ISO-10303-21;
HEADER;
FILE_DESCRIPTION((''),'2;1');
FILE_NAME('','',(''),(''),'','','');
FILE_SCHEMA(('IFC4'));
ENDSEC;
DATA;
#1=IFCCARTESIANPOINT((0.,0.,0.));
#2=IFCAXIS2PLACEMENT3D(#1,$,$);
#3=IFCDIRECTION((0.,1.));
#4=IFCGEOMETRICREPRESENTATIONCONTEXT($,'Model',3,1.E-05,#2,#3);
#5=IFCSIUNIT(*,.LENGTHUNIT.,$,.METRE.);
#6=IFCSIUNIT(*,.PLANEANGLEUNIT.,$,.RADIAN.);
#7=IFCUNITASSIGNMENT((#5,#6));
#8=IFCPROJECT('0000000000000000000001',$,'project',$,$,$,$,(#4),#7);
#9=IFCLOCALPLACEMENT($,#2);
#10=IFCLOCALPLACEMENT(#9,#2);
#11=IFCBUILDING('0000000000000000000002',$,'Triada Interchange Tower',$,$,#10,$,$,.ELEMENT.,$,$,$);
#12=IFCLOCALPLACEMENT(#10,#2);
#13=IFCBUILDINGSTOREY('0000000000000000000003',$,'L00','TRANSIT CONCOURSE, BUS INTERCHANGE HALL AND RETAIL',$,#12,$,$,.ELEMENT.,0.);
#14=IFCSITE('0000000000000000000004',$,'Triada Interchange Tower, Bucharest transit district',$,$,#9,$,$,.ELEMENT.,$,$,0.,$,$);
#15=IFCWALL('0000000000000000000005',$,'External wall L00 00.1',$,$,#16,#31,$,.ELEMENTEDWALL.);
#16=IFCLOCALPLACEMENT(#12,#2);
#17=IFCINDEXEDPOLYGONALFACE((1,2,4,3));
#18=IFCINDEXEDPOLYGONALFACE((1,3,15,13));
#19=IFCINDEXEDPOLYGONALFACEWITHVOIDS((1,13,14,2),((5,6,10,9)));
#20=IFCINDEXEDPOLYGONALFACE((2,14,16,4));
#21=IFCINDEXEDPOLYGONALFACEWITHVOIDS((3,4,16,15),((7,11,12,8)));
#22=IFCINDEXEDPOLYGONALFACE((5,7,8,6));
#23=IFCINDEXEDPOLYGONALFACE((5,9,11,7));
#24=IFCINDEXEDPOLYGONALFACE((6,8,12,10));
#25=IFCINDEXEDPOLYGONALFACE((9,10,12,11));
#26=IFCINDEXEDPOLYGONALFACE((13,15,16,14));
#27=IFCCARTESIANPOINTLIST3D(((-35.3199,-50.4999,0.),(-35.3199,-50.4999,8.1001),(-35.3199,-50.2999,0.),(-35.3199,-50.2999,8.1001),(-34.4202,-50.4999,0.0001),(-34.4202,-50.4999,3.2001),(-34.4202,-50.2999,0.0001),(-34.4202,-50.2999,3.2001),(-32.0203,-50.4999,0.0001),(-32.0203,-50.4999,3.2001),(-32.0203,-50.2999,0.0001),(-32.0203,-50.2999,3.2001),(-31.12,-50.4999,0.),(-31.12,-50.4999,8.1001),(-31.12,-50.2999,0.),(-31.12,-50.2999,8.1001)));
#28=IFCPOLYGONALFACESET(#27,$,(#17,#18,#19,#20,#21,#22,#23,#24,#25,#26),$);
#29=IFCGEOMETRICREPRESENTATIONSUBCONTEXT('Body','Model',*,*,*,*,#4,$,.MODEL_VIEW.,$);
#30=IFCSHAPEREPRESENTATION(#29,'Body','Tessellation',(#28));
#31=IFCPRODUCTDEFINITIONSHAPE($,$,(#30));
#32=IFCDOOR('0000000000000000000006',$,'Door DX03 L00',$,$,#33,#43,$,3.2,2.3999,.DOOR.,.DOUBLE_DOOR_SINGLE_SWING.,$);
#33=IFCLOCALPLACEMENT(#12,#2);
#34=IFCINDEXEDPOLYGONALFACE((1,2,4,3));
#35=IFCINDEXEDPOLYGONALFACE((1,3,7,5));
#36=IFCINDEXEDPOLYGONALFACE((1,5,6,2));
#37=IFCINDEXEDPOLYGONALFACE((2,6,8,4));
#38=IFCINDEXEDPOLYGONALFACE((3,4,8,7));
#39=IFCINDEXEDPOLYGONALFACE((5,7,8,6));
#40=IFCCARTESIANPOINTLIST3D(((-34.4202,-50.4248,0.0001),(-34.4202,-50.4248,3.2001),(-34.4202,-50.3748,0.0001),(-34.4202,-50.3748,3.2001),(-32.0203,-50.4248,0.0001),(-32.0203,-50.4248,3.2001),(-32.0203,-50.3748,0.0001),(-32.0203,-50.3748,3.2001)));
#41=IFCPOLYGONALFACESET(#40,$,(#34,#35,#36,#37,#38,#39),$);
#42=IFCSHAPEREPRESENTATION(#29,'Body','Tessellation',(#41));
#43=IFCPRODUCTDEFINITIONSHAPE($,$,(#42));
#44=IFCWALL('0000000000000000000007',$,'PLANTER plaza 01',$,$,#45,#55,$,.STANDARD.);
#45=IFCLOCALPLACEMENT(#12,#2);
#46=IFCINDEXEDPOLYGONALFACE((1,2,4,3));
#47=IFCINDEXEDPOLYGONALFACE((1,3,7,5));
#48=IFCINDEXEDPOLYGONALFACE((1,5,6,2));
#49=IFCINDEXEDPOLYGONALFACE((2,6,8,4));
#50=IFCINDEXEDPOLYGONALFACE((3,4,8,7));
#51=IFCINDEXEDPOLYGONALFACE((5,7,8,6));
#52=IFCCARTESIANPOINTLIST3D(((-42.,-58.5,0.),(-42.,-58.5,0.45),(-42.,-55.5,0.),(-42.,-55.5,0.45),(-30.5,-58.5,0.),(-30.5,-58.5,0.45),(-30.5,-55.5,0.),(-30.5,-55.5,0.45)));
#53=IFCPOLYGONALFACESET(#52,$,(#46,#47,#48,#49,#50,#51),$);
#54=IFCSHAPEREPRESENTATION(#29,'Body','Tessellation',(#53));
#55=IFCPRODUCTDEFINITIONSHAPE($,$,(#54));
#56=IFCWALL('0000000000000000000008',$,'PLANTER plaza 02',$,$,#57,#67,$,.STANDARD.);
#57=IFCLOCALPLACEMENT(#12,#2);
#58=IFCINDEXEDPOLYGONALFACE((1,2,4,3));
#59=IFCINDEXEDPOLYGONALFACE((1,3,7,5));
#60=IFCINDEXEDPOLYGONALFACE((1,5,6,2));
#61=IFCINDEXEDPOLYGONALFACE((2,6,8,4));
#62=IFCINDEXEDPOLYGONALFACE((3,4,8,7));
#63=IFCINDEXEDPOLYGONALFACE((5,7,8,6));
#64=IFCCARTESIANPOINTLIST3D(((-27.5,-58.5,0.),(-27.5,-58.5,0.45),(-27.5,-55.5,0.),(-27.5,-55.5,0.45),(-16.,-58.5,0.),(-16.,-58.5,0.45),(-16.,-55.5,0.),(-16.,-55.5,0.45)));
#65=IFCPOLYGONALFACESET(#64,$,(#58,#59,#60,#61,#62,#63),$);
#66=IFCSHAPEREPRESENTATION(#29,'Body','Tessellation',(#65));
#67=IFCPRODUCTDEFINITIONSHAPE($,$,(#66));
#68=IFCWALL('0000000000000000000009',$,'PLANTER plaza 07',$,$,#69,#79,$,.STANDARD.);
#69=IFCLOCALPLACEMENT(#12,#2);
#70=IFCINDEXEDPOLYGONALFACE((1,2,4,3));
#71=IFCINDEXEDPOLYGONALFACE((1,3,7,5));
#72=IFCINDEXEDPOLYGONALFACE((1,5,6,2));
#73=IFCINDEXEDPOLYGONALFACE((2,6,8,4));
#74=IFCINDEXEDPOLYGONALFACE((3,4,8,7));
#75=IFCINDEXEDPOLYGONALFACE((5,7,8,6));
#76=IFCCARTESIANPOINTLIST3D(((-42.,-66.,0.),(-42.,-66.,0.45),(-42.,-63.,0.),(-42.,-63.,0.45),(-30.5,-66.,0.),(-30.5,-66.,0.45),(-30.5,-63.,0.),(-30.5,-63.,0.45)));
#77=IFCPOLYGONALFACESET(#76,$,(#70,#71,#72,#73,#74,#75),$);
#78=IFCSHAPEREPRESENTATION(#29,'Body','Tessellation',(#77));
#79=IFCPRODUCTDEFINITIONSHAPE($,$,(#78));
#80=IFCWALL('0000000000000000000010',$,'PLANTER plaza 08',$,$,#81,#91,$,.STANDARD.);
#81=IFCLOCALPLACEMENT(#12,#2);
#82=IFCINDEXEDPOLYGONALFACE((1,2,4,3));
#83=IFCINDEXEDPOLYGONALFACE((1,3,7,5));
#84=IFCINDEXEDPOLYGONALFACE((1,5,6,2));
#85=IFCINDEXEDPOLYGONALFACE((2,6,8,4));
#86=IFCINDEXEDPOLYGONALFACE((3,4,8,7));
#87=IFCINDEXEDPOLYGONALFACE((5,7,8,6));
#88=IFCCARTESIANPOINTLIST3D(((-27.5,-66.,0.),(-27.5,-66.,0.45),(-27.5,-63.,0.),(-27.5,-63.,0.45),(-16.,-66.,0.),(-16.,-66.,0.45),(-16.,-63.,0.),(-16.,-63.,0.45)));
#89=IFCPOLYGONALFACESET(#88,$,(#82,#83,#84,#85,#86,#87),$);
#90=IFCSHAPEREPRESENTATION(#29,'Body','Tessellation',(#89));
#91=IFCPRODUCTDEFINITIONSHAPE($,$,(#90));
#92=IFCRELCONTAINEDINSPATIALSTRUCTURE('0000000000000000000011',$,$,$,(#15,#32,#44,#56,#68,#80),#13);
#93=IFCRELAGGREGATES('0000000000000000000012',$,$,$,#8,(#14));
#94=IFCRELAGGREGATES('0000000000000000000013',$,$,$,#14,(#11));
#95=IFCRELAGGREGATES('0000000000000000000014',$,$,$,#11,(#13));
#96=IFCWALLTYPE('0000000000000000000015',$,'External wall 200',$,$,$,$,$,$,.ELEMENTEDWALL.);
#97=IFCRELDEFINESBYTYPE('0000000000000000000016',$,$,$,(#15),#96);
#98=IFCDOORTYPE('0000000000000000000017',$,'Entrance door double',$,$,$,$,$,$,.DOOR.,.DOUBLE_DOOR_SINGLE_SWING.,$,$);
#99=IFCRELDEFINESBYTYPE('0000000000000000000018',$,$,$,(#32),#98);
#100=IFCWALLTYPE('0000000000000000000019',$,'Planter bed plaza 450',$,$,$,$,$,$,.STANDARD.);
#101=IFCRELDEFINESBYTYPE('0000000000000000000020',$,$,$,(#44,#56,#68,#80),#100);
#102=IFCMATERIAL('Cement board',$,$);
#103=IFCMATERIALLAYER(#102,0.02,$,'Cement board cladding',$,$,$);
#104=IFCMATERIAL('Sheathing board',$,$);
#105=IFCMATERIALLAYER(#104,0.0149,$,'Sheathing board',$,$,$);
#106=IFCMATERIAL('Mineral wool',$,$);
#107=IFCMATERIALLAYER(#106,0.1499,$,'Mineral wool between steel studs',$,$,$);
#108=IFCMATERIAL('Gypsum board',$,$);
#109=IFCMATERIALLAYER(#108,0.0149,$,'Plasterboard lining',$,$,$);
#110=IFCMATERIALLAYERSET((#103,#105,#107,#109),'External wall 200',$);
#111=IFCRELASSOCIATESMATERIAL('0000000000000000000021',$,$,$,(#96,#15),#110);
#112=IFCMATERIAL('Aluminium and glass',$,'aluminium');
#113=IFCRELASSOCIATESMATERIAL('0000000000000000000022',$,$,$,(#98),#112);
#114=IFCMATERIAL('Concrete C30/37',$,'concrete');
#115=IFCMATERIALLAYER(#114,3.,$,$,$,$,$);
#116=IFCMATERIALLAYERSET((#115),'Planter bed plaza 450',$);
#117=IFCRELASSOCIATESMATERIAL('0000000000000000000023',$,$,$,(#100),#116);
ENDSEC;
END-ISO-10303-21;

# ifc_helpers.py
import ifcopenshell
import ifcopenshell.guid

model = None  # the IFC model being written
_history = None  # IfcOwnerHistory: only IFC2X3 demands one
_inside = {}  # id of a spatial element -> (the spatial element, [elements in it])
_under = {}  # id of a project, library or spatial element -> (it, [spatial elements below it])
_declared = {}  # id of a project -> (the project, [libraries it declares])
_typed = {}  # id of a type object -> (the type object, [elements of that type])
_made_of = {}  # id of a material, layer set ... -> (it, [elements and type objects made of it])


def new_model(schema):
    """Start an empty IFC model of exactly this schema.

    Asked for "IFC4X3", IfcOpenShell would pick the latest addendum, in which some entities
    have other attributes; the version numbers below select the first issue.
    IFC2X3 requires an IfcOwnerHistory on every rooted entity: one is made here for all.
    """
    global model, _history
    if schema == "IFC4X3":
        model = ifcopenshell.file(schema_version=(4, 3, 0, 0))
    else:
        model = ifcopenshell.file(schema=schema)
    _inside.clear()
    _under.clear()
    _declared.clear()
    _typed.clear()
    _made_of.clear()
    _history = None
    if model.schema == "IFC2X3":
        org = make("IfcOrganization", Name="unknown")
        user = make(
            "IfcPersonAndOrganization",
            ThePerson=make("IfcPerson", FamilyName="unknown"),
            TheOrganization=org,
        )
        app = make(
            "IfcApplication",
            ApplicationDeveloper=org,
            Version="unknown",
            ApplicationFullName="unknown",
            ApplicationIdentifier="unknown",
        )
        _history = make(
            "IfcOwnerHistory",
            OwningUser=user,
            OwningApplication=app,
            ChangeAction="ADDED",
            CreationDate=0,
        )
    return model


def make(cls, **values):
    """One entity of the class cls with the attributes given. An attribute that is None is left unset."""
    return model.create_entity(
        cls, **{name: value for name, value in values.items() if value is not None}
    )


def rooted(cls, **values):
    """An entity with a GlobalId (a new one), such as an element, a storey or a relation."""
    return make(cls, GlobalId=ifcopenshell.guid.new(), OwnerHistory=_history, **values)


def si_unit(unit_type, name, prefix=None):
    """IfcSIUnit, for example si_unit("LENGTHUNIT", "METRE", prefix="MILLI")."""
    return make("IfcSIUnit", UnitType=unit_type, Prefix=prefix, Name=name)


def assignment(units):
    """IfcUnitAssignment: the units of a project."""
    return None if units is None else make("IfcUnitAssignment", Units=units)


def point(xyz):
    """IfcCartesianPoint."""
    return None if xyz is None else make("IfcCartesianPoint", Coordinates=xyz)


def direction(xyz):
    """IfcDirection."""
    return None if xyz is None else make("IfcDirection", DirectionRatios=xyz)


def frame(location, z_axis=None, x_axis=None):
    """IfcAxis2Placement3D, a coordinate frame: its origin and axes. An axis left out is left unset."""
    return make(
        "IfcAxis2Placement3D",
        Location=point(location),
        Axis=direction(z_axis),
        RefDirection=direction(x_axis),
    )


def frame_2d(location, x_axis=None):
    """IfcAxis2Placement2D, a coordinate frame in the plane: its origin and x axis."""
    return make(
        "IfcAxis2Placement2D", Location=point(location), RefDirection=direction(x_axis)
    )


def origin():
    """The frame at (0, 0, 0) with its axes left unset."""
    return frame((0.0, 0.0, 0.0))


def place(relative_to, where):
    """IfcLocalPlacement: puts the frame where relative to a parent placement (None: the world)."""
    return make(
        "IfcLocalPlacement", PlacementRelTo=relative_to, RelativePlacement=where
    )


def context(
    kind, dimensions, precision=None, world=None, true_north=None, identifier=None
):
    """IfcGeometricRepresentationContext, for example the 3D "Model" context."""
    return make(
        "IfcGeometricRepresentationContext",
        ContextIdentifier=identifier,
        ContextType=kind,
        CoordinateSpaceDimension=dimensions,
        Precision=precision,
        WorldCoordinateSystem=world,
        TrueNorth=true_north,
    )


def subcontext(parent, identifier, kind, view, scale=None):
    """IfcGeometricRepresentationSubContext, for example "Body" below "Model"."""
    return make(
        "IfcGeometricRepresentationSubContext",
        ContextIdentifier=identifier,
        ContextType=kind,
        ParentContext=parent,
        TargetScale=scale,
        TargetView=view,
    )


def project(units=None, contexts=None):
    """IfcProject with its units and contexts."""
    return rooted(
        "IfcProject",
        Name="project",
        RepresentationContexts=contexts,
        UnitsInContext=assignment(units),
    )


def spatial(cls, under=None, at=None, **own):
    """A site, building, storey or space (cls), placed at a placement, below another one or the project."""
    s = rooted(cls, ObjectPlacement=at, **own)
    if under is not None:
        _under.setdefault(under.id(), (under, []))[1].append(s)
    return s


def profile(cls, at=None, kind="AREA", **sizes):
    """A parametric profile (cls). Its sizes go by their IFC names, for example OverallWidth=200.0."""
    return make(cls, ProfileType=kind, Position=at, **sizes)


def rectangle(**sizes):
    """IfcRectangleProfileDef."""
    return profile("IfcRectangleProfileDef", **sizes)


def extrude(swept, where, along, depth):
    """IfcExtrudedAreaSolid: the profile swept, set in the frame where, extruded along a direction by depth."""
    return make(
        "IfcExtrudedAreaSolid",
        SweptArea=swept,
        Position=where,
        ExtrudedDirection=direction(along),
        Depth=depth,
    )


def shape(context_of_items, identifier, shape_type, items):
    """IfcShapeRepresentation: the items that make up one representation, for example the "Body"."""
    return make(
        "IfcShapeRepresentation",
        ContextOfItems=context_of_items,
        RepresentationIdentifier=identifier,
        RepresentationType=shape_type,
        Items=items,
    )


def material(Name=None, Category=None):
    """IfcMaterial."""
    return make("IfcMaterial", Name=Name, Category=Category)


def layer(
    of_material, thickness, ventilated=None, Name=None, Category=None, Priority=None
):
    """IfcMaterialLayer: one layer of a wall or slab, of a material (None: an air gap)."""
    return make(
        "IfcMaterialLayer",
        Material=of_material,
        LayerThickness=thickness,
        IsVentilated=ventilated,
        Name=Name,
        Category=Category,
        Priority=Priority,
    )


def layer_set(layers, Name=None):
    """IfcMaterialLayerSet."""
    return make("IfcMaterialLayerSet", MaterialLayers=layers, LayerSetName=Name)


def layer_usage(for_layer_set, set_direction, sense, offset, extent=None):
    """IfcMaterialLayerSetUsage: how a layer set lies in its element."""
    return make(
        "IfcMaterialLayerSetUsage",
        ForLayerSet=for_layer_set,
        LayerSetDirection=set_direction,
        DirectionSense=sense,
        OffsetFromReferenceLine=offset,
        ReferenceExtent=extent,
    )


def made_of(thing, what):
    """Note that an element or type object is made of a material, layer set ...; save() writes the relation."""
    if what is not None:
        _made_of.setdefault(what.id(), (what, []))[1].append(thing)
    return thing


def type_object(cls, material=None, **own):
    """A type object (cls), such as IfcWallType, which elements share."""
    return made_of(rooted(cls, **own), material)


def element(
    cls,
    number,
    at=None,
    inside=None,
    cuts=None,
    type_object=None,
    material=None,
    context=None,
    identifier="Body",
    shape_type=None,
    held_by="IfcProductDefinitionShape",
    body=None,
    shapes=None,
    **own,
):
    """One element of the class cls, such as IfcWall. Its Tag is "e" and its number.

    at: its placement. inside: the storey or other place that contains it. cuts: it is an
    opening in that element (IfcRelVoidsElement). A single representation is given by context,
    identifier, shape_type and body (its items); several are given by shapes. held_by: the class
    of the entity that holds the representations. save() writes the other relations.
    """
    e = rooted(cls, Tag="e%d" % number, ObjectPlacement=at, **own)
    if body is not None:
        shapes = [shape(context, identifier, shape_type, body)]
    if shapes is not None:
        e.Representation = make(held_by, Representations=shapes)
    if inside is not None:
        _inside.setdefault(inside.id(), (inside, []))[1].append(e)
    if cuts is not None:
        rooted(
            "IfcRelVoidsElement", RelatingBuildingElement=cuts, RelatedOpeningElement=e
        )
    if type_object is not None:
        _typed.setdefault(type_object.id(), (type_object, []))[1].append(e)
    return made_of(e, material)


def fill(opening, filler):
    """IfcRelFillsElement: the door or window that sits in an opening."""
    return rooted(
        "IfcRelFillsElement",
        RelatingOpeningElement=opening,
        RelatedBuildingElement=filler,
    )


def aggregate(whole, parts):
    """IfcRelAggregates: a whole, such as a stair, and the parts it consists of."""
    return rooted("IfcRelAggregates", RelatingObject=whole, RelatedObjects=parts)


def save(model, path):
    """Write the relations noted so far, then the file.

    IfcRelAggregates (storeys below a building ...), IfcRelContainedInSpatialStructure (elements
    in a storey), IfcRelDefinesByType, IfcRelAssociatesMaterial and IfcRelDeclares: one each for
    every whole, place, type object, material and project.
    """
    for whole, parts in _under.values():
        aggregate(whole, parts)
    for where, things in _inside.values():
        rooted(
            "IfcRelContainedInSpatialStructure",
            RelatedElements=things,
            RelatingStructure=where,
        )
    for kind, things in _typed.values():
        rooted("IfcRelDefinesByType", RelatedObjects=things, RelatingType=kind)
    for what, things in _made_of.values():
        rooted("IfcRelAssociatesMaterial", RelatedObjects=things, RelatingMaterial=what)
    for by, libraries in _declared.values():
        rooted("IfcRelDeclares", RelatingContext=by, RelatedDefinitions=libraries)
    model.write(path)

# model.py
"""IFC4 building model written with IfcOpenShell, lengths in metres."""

from ifc_helpers import new_model, si_unit, direction, frame, frame_2d, origin, place, context, subcontext, project, spatial, rectangle, extrude, material, layer, layer_set, layer_usage, type_object, element, fill, save


model = new_model("IFC4")

# Units and contexts
model_context = context("Model", 3, precision=1e-05, world=origin(), true_north=direction((0.0, 1.0)))
body_context = subcontext(model_context, "Body", "Model", "MODEL_VIEW")
ifc_project = project(units=[si_unit("LENGTHUNIT", "METRE"), si_unit("PLANEANGLEUNIT", "RADIAN")], contexts=[model_context])

# Site, building, storey
site_placement = place(None, origin())
site = spatial("IfcSite", under=ifc_project, at=site_placement, Name="Triada Interchange Tower, Bucharest transit district", CompositionType="ELEMENT", RefElevation=0.0)
building_placement = place(site_placement, origin())
building = spatial("IfcBuilding", under=site, at=building_placement, Name="Triada Interchange Tower", CompositionType="ELEMENT")
storey_placement = place(building_placement, origin())
storey = spatial("IfcBuildingStorey", under=building, at=storey_placement, Name="L00", Description="TRANSIT CONCOURSE, BUS INTERCHANGE HALL AND RETAIL", CompositionType="ELEMENT", Elevation=0.0)

# Wall, opening, door
ifc_material_1 = material(Name="Cement board")
ifc_layer_1 = layer(ifc_material_1, 0.02, Name="Cement board cladding")
ifc_material_2 = material(Name="Sheathing board")
ifc_layer_2 = layer(ifc_material_2, 0.0149, Name="Sheathing board")
ifc_material_3 = material(Name="Mineral wool")
ifc_layer_3 = layer(ifc_material_3, 0.1499, Name="Mineral wool between steel studs")
ifc_material_4 = material(Name="Gypsum board")
ifc_layer_4 = layer(ifc_material_4, 0.0149, Name="Plasterboard lining")
ifc_layer_set_1 = layer_set([ifc_layer_1, ifc_layer_2, ifc_layer_3, ifc_layer_4], Name="External wall 200")
ifc_layer_usage = layer_usage(ifc_layer_set_1, "AXIS2", "POSITIVE", -0.1001)
wall_type_1 = type_object("IfcWallType", Name="External wall 200", PredefinedType="ELEMENTEDWALL", material=ifc_layer_set_1)
wall_placement = place(storey_placement, frame((-35.3201, -50.3999, 0.0), z_axis=(0.0, 0.0, 1.0), x_axis=(1.0, 0.0, 0.0)))
wall = element("IfcWall", 1, at=wall_placement, inside=storey, type_object=wall_type_1, material=ifc_layer_usage, Name="External wall L00 00.1", PredefinedType="ELEMENTEDWALL", context=body_context, shape_type="SweptSolid", body=[
    extrude(rectangle(XDim=4.2, YDim=0.2, at=frame_2d((2.1001, 0.0))), origin(), (0.0, 0.0, 1.0), 8.1001),
])
opening_placement = place(wall_placement, frame((0.8999, 0.0, 0.0)))
opening = element("IfcOpeningElement", 2, at=opening_placement, cuts=wall, PredefinedType="OPENING", context=body_context, shape_type="SweptSolid", body=[
    extrude(rectangle(XDim=2.3999, YDim=3.2, at=frame_2d((1.2, 1.6001))), frame((0.0, 0.1099, 0.0), z_axis=(0.0, -1.0, 0.0), x_axis=(1.0, 0.0, 0.0)), (0.0, 0.0, 1.0), 0.22),
])
ifc_material_5 = material(Name="Aluminium and glass", Category="aluminium")
door_type = type_object("IfcDoorType", Name="Entrance door double", OperationType="DOUBLE_DOOR_SINGLE_SWING", PredefinedType="DOOR", material=ifc_material_5)
door_placement = place(opening_placement, frame((2.3999, 0.0, 0.0), z_axis=(0.0, 0.0, 1.0), x_axis=(-1.0, 0.0, 0.0)))
door = element("IfcDoor", 3, at=door_placement, inside=storey, type_object=door_type, Name="Door DX03 L00", OperationType="DOUBLE_DOOR_SINGLE_SWING", OverallHeight=3.2, OverallWidth=2.3999, PredefinedType="DOOR", context=body_context, shape_type="SweptSolid", body=[
    extrude(rectangle(XDim=2.3999, YDim=3.2, at=frame_2d((1.2, 1.6001))), frame((0.0, 0.0249, 0.0), z_axis=(0.0, -1.0, 0.0), x_axis=(1.0, 0.0, 0.0)), (0.0, 0.0, 1.0), 0.05),
])
fill(opening, door)

# Walls
ifc_material_6 = material(Name="Concrete C30/37", Category="concrete")
ifc_layer_5 = layer(ifc_material_6, 3.0)
ifc_layer_set_2 = layer_set([ifc_layer_5], Name="Planter bed plaza 450")
wall_type_2 = type_object("IfcWallType", Name="Planter bed plaza 450", PredefinedType="STANDARD", material=ifc_layer_set_2)
for number, where, z_axis, x_axis, name in (
    (4, (-42.0, -57.0, 0.0), (0.0, 0.0, 1.0), (1.0, 0.0, 0.0), "PLANTER plaza 01"),
    (5, (-27.5, -57.0, 0.0), (0.0, 0.0, 1.0), (1.0, 0.0, 0.0), "PLANTER plaza 02"),
    (6, (-42.0, -64.5, 0.0), (0.0, 0.0, 1.0), (1.0, 0.0, 0.0), "PLANTER plaza 07"),
    (7, (-27.5, -64.5, 0.0), (0.0, 0.0, 1.0), (1.0, 0.0, 0.0), "PLANTER plaza 08"),
):
    element("IfcWall", number, at=place(storey_placement, frame(where, z_axis=z_axis, x_axis=x_axis)), inside=storey, type_object=wall_type_2, Name=name, PredefinedType="STANDARD", context=body_context, shape_type="SweptSolid", body=[
        extrude(rectangle(XDim=11.5, YDim=3.0, at=frame_2d((5.75, 0.0))), origin(), (0.0, 0.0, 1.0), 0.45),
    ])

save(model, "model.ifc")
